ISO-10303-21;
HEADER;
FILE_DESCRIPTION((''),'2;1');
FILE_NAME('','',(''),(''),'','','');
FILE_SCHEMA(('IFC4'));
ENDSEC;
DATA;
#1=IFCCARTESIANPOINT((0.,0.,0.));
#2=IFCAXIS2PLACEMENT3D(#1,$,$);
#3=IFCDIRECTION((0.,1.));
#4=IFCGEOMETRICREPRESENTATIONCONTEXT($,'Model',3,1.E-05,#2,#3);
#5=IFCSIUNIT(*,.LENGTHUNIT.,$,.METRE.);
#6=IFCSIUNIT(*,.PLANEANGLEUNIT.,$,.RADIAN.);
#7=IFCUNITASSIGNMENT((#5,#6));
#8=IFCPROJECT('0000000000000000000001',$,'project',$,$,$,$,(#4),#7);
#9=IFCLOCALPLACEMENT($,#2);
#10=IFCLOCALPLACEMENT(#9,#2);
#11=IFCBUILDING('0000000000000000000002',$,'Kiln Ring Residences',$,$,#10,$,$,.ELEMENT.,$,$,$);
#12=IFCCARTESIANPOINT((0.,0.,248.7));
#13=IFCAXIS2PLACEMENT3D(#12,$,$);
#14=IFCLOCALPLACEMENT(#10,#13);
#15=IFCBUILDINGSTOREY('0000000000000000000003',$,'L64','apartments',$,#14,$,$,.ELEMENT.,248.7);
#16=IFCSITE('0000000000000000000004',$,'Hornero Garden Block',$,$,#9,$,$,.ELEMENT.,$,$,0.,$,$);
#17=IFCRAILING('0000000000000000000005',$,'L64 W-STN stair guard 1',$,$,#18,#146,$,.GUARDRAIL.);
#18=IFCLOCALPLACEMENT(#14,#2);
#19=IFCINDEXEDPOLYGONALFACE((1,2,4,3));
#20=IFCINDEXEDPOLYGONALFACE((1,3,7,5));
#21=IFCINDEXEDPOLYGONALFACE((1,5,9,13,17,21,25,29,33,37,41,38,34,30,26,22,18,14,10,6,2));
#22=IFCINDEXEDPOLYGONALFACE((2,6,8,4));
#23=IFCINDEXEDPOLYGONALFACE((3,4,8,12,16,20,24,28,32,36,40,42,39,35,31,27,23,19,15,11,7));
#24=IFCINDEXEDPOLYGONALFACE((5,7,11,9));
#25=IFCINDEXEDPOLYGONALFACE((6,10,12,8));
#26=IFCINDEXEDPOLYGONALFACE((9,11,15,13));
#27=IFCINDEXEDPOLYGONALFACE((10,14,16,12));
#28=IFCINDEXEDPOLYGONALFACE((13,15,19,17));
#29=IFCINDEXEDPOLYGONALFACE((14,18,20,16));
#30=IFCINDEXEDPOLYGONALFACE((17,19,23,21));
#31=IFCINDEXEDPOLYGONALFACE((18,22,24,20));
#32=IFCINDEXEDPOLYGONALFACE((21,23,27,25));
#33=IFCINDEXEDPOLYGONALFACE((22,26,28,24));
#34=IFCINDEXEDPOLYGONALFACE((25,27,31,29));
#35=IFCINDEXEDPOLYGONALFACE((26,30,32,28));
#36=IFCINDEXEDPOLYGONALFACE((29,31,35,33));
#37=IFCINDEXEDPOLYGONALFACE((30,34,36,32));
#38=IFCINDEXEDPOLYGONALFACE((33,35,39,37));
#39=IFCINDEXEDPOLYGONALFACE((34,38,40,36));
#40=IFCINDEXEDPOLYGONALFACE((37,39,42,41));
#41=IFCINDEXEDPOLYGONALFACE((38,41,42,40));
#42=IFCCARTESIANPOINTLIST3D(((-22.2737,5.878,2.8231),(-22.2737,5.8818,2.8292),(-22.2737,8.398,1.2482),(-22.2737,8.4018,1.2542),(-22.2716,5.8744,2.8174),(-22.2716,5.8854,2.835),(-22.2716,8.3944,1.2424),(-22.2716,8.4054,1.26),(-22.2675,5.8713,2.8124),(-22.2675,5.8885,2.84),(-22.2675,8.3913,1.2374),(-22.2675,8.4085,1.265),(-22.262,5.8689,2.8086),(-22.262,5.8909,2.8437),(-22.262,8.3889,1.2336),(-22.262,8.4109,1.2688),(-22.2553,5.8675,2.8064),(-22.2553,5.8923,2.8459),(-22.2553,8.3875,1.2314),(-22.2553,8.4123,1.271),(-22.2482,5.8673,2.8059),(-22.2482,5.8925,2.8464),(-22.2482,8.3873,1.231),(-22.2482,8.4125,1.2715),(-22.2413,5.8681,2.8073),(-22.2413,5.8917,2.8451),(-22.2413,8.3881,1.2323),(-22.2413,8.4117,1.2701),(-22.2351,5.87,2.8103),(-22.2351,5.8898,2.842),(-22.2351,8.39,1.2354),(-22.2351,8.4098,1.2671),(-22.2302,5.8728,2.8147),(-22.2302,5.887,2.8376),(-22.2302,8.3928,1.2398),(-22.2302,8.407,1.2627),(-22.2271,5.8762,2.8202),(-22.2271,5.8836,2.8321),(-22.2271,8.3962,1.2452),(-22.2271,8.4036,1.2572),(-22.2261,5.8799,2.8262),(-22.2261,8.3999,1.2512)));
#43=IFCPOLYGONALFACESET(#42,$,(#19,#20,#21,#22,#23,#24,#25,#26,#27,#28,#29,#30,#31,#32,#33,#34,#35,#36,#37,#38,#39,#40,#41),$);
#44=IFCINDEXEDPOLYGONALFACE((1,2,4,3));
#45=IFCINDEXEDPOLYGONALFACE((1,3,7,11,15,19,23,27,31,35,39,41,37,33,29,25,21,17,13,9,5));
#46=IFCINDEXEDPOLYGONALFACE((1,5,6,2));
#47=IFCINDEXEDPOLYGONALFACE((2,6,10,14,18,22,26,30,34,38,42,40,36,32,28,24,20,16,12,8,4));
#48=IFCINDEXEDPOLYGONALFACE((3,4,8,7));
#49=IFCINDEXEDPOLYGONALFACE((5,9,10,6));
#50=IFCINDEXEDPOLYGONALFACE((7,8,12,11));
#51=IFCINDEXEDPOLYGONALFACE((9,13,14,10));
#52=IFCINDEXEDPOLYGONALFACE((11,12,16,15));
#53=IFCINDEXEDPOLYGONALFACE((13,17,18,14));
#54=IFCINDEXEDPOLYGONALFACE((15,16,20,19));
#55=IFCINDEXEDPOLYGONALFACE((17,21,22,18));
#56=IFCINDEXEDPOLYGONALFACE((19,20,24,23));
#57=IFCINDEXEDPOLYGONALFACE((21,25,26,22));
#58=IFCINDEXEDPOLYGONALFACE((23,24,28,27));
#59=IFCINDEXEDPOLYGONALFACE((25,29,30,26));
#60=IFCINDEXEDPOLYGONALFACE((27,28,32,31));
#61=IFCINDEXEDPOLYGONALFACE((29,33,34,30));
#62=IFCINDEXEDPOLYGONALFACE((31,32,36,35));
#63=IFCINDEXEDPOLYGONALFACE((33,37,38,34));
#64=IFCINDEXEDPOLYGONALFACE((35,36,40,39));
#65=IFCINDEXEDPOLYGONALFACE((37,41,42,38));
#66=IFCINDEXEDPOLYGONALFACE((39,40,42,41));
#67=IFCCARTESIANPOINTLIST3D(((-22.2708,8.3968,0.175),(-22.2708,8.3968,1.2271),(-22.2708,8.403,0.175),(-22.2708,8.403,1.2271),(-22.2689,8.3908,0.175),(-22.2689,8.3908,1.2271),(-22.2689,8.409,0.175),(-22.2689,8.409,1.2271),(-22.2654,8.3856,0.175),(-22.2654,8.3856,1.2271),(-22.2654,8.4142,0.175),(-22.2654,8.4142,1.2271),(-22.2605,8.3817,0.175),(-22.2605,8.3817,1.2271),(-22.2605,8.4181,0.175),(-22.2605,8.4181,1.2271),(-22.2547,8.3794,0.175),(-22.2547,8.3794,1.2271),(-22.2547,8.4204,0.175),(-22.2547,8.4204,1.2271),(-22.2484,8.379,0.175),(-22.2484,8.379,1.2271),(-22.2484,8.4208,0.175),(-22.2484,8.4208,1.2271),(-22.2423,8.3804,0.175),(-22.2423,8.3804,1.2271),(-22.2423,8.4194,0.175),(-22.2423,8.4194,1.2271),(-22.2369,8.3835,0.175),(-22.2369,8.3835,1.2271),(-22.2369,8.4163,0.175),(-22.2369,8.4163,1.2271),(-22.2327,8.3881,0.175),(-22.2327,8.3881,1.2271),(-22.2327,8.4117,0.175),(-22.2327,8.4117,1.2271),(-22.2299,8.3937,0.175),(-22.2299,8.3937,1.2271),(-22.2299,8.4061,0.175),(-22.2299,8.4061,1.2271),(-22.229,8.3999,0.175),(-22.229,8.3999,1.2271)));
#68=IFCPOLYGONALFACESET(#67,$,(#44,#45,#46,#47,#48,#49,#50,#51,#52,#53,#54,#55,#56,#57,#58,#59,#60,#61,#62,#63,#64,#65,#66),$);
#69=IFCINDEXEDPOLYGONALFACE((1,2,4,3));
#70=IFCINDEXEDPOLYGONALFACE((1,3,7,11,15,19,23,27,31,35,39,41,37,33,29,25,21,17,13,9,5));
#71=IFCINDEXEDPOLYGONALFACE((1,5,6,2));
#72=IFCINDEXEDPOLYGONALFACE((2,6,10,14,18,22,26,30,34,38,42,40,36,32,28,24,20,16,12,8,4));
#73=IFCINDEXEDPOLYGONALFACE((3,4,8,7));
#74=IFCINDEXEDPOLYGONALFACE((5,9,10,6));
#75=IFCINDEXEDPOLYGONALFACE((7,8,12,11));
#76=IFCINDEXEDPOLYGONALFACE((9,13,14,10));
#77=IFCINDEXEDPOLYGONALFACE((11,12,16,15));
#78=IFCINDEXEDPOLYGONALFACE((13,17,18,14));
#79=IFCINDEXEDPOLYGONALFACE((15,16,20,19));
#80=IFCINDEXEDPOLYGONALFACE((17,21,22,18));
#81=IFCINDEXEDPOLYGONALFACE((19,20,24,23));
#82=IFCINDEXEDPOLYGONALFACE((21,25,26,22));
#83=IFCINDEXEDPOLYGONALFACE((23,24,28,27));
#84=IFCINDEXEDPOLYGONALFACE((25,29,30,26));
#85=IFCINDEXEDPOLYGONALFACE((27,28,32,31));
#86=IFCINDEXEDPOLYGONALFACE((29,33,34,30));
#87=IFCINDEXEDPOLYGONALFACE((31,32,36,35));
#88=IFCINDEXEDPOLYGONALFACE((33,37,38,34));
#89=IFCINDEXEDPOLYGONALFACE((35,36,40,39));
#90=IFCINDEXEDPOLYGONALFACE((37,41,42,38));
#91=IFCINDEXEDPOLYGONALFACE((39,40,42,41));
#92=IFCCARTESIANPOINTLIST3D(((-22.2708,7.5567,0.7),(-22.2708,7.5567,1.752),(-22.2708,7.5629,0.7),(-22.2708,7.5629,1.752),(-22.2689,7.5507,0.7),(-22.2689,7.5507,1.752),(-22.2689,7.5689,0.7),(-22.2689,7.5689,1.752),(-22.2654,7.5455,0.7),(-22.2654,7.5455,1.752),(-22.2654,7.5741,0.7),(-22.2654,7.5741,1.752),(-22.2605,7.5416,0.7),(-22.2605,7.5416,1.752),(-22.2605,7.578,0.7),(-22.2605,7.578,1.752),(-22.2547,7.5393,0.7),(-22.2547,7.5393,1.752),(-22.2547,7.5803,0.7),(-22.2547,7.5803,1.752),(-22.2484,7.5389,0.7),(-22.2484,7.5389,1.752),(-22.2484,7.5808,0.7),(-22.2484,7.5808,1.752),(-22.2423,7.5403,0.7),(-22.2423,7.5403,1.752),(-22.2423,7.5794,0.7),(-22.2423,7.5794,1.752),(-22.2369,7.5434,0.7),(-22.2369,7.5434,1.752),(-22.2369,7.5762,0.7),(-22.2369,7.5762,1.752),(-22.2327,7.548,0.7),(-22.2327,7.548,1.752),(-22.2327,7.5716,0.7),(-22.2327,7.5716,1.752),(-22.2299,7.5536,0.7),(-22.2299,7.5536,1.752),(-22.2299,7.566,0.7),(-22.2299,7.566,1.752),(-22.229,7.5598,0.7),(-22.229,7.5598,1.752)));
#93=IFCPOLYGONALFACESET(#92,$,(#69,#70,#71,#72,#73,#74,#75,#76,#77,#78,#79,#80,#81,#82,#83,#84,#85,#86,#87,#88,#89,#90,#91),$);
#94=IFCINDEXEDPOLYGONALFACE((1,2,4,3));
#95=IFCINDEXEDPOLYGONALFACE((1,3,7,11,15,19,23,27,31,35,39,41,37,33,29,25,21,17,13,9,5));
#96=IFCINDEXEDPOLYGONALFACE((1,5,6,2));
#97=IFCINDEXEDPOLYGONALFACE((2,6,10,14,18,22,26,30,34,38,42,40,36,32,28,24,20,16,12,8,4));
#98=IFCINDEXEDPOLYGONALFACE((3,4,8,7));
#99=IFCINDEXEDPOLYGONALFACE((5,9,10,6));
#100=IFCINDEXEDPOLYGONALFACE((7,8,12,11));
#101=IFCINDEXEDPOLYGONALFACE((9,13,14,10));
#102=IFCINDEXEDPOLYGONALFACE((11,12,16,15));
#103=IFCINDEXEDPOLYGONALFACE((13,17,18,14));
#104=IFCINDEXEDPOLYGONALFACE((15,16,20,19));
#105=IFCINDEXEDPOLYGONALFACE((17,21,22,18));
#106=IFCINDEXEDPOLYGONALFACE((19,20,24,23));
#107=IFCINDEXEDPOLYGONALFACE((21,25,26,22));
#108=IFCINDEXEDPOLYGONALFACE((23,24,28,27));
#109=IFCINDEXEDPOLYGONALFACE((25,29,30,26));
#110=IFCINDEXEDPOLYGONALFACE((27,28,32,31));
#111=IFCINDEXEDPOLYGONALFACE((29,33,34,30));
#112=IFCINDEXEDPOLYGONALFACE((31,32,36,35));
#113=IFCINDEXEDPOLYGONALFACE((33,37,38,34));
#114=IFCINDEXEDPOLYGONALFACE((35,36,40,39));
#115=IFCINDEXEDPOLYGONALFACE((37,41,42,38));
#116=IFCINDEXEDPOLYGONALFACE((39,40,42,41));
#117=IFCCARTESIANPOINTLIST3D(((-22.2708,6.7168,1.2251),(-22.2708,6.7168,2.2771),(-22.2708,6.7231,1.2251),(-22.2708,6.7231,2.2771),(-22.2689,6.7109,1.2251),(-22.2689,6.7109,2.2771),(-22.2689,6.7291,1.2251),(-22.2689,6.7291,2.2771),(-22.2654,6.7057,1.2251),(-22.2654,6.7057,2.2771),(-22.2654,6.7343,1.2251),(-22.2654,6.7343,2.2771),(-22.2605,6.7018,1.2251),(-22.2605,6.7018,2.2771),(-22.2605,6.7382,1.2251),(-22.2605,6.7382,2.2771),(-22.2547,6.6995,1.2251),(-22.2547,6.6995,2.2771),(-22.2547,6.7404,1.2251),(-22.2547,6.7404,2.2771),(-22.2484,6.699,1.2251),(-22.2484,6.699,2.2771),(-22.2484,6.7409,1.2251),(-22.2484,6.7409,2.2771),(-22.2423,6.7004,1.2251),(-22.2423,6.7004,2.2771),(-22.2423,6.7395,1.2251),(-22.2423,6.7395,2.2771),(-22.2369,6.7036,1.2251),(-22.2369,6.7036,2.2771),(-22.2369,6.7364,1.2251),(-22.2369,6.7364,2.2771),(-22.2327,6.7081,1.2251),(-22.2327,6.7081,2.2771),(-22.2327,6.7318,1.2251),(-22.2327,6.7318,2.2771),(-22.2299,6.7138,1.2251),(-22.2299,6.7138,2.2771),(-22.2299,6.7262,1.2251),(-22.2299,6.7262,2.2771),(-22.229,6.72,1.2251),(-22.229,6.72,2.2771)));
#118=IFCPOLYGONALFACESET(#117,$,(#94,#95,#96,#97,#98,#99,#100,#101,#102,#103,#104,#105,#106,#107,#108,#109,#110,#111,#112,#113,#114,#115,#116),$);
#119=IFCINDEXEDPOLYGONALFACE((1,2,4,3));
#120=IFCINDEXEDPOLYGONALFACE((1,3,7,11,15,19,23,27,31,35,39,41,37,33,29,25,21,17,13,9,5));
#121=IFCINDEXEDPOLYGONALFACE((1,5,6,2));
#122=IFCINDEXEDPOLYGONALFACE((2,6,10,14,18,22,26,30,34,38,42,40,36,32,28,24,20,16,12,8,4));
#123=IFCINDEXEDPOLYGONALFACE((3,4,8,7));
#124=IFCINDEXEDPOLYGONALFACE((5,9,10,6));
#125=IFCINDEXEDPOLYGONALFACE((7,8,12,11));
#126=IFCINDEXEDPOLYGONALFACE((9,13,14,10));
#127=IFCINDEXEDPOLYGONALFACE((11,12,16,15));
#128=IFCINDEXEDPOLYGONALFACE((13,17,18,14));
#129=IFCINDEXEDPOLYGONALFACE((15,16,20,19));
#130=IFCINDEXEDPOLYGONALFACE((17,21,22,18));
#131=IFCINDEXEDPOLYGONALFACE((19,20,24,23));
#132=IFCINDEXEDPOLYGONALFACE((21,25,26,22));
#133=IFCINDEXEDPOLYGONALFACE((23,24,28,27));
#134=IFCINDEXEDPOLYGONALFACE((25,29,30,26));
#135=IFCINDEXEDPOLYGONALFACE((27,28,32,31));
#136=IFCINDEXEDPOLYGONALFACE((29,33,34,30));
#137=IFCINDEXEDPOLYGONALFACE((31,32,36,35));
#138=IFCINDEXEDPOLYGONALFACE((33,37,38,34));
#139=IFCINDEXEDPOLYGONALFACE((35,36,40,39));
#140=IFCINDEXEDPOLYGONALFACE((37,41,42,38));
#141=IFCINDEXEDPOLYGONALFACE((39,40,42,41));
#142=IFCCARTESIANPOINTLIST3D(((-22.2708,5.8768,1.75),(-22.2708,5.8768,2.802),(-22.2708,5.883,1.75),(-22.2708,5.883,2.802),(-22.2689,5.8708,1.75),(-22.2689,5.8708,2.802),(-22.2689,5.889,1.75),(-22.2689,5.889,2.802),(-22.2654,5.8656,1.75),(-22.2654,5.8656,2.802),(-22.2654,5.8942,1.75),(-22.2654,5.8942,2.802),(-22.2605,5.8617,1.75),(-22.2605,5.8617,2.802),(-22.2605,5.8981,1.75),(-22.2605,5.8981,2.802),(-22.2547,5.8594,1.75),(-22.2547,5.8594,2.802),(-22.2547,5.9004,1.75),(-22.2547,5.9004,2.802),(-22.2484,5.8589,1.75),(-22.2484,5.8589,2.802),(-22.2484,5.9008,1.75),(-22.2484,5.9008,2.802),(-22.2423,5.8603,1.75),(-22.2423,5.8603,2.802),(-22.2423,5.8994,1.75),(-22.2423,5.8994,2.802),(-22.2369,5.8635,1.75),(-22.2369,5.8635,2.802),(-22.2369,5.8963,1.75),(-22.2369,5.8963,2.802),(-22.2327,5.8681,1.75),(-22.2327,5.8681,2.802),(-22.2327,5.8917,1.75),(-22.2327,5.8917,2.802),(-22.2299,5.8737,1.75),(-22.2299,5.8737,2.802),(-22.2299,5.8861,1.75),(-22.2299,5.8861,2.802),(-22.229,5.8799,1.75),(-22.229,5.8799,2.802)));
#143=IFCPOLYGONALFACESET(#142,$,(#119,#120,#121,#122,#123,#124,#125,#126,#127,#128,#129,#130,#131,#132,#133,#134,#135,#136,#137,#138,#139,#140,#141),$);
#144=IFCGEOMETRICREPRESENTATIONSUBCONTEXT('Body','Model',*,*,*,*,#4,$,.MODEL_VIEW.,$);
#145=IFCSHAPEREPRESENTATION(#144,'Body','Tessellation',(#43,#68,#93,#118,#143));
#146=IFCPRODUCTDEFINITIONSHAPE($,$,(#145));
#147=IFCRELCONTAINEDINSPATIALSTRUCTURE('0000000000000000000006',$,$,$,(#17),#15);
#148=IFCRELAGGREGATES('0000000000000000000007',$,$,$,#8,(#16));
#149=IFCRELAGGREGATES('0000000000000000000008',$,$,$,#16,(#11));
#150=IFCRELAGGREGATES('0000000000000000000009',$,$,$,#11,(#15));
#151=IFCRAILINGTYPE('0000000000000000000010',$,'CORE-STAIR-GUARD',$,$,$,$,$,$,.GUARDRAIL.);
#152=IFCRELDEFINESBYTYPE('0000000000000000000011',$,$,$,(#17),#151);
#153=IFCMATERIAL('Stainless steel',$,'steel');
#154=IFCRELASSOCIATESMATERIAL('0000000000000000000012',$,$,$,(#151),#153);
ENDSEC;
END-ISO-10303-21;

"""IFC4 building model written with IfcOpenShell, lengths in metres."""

from ifc_helpers import new_model, si_unit, direction, frame, origin, origin_2d, place, context, subcontext, project, spatial, circle, extrude, material, type_object, element, save


model = new_model("IFC4")

# Units and contexts
model_context = context("Model", 3, precision=1e-05, world=origin(), true_north=direction((0.0, 1.0)))
body_context = subcontext(model_context, "Body", "Model", "MODEL_VIEW")
ifc_project = project(units=[si_unit("LENGTHUNIT", "METRE"), si_unit("PLANEANGLEUNIT", "RADIAN")], contexts=[model_context])

# Site, building, storey
site_placement = place(None, origin())
site = spatial("IfcSite", under=ifc_project, at=site_placement, Name="Hornero Garden Block", CompositionType="ELEMENT", RefElevation=0.0)
building_placement = place(site_placement, origin())
building = spatial("IfcBuilding", under=site, at=building_placement, Name="Kiln Ring Residences", CompositionType="ELEMENT")
storey_placement = place(building_placement, frame((0.0, 0.0, 248.7)))
storey = spatial("IfcBuildingStorey", under=building, at=storey_placement, Name="L64", Description="apartments", CompositionType="ELEMENT", Elevation=248.7)

# Railing
ifc_material_1 = material(Name="Stainless steel", Category="steel")
railing_type_1 = type_object("IfcRailingType", Name="CORE-STAIR-GUARD", PredefinedType="GUARDRAIL", material=ifc_material_1)
railing_1_placement = place(storey_placement, frame((-22.25, 8.3999, 0.175)))
element("IfcRailing", 1, at=railing_1_placement, inside=storey, type_object=railing_type_1, Name="L64 W-STN stair guard 1", PredefinedType="GUARDRAIL", context=body_context, shape_type="SweptSolid", body=[
    extrude(circle(Radius=0.0239, at=origin_2d()), frame((0.0, 0.0, 1.0762), z_axis=(0.0, -0.848008, 0.529984), x_axis=(1.0, 0.0, 0.0)), (0.0, 0.0, 1.0), 2.9717),
    extrude(circle(Radius=0.021, at=origin_2d()), origin(), (0.0, 0.0, 1.0), 1.052),
    extrude(circle(Radius=0.021, at=origin_2d()), frame((0.0, -0.8401, 0.5249)), (0.0, 0.0, 1.0), 1.052),
    extrude(circle(Radius=0.021, at=origin_2d()), frame((0.0, -1.6799, 1.05)), (0.0, 0.0, 1.0), 1.052),
    extrude(circle(Radius=0.021, at=origin_2d()), frame((0.0, -2.52, 1.575)), (0.0, 0.0, 1.0), 1.052),
])

save(model, "model.ifc")
